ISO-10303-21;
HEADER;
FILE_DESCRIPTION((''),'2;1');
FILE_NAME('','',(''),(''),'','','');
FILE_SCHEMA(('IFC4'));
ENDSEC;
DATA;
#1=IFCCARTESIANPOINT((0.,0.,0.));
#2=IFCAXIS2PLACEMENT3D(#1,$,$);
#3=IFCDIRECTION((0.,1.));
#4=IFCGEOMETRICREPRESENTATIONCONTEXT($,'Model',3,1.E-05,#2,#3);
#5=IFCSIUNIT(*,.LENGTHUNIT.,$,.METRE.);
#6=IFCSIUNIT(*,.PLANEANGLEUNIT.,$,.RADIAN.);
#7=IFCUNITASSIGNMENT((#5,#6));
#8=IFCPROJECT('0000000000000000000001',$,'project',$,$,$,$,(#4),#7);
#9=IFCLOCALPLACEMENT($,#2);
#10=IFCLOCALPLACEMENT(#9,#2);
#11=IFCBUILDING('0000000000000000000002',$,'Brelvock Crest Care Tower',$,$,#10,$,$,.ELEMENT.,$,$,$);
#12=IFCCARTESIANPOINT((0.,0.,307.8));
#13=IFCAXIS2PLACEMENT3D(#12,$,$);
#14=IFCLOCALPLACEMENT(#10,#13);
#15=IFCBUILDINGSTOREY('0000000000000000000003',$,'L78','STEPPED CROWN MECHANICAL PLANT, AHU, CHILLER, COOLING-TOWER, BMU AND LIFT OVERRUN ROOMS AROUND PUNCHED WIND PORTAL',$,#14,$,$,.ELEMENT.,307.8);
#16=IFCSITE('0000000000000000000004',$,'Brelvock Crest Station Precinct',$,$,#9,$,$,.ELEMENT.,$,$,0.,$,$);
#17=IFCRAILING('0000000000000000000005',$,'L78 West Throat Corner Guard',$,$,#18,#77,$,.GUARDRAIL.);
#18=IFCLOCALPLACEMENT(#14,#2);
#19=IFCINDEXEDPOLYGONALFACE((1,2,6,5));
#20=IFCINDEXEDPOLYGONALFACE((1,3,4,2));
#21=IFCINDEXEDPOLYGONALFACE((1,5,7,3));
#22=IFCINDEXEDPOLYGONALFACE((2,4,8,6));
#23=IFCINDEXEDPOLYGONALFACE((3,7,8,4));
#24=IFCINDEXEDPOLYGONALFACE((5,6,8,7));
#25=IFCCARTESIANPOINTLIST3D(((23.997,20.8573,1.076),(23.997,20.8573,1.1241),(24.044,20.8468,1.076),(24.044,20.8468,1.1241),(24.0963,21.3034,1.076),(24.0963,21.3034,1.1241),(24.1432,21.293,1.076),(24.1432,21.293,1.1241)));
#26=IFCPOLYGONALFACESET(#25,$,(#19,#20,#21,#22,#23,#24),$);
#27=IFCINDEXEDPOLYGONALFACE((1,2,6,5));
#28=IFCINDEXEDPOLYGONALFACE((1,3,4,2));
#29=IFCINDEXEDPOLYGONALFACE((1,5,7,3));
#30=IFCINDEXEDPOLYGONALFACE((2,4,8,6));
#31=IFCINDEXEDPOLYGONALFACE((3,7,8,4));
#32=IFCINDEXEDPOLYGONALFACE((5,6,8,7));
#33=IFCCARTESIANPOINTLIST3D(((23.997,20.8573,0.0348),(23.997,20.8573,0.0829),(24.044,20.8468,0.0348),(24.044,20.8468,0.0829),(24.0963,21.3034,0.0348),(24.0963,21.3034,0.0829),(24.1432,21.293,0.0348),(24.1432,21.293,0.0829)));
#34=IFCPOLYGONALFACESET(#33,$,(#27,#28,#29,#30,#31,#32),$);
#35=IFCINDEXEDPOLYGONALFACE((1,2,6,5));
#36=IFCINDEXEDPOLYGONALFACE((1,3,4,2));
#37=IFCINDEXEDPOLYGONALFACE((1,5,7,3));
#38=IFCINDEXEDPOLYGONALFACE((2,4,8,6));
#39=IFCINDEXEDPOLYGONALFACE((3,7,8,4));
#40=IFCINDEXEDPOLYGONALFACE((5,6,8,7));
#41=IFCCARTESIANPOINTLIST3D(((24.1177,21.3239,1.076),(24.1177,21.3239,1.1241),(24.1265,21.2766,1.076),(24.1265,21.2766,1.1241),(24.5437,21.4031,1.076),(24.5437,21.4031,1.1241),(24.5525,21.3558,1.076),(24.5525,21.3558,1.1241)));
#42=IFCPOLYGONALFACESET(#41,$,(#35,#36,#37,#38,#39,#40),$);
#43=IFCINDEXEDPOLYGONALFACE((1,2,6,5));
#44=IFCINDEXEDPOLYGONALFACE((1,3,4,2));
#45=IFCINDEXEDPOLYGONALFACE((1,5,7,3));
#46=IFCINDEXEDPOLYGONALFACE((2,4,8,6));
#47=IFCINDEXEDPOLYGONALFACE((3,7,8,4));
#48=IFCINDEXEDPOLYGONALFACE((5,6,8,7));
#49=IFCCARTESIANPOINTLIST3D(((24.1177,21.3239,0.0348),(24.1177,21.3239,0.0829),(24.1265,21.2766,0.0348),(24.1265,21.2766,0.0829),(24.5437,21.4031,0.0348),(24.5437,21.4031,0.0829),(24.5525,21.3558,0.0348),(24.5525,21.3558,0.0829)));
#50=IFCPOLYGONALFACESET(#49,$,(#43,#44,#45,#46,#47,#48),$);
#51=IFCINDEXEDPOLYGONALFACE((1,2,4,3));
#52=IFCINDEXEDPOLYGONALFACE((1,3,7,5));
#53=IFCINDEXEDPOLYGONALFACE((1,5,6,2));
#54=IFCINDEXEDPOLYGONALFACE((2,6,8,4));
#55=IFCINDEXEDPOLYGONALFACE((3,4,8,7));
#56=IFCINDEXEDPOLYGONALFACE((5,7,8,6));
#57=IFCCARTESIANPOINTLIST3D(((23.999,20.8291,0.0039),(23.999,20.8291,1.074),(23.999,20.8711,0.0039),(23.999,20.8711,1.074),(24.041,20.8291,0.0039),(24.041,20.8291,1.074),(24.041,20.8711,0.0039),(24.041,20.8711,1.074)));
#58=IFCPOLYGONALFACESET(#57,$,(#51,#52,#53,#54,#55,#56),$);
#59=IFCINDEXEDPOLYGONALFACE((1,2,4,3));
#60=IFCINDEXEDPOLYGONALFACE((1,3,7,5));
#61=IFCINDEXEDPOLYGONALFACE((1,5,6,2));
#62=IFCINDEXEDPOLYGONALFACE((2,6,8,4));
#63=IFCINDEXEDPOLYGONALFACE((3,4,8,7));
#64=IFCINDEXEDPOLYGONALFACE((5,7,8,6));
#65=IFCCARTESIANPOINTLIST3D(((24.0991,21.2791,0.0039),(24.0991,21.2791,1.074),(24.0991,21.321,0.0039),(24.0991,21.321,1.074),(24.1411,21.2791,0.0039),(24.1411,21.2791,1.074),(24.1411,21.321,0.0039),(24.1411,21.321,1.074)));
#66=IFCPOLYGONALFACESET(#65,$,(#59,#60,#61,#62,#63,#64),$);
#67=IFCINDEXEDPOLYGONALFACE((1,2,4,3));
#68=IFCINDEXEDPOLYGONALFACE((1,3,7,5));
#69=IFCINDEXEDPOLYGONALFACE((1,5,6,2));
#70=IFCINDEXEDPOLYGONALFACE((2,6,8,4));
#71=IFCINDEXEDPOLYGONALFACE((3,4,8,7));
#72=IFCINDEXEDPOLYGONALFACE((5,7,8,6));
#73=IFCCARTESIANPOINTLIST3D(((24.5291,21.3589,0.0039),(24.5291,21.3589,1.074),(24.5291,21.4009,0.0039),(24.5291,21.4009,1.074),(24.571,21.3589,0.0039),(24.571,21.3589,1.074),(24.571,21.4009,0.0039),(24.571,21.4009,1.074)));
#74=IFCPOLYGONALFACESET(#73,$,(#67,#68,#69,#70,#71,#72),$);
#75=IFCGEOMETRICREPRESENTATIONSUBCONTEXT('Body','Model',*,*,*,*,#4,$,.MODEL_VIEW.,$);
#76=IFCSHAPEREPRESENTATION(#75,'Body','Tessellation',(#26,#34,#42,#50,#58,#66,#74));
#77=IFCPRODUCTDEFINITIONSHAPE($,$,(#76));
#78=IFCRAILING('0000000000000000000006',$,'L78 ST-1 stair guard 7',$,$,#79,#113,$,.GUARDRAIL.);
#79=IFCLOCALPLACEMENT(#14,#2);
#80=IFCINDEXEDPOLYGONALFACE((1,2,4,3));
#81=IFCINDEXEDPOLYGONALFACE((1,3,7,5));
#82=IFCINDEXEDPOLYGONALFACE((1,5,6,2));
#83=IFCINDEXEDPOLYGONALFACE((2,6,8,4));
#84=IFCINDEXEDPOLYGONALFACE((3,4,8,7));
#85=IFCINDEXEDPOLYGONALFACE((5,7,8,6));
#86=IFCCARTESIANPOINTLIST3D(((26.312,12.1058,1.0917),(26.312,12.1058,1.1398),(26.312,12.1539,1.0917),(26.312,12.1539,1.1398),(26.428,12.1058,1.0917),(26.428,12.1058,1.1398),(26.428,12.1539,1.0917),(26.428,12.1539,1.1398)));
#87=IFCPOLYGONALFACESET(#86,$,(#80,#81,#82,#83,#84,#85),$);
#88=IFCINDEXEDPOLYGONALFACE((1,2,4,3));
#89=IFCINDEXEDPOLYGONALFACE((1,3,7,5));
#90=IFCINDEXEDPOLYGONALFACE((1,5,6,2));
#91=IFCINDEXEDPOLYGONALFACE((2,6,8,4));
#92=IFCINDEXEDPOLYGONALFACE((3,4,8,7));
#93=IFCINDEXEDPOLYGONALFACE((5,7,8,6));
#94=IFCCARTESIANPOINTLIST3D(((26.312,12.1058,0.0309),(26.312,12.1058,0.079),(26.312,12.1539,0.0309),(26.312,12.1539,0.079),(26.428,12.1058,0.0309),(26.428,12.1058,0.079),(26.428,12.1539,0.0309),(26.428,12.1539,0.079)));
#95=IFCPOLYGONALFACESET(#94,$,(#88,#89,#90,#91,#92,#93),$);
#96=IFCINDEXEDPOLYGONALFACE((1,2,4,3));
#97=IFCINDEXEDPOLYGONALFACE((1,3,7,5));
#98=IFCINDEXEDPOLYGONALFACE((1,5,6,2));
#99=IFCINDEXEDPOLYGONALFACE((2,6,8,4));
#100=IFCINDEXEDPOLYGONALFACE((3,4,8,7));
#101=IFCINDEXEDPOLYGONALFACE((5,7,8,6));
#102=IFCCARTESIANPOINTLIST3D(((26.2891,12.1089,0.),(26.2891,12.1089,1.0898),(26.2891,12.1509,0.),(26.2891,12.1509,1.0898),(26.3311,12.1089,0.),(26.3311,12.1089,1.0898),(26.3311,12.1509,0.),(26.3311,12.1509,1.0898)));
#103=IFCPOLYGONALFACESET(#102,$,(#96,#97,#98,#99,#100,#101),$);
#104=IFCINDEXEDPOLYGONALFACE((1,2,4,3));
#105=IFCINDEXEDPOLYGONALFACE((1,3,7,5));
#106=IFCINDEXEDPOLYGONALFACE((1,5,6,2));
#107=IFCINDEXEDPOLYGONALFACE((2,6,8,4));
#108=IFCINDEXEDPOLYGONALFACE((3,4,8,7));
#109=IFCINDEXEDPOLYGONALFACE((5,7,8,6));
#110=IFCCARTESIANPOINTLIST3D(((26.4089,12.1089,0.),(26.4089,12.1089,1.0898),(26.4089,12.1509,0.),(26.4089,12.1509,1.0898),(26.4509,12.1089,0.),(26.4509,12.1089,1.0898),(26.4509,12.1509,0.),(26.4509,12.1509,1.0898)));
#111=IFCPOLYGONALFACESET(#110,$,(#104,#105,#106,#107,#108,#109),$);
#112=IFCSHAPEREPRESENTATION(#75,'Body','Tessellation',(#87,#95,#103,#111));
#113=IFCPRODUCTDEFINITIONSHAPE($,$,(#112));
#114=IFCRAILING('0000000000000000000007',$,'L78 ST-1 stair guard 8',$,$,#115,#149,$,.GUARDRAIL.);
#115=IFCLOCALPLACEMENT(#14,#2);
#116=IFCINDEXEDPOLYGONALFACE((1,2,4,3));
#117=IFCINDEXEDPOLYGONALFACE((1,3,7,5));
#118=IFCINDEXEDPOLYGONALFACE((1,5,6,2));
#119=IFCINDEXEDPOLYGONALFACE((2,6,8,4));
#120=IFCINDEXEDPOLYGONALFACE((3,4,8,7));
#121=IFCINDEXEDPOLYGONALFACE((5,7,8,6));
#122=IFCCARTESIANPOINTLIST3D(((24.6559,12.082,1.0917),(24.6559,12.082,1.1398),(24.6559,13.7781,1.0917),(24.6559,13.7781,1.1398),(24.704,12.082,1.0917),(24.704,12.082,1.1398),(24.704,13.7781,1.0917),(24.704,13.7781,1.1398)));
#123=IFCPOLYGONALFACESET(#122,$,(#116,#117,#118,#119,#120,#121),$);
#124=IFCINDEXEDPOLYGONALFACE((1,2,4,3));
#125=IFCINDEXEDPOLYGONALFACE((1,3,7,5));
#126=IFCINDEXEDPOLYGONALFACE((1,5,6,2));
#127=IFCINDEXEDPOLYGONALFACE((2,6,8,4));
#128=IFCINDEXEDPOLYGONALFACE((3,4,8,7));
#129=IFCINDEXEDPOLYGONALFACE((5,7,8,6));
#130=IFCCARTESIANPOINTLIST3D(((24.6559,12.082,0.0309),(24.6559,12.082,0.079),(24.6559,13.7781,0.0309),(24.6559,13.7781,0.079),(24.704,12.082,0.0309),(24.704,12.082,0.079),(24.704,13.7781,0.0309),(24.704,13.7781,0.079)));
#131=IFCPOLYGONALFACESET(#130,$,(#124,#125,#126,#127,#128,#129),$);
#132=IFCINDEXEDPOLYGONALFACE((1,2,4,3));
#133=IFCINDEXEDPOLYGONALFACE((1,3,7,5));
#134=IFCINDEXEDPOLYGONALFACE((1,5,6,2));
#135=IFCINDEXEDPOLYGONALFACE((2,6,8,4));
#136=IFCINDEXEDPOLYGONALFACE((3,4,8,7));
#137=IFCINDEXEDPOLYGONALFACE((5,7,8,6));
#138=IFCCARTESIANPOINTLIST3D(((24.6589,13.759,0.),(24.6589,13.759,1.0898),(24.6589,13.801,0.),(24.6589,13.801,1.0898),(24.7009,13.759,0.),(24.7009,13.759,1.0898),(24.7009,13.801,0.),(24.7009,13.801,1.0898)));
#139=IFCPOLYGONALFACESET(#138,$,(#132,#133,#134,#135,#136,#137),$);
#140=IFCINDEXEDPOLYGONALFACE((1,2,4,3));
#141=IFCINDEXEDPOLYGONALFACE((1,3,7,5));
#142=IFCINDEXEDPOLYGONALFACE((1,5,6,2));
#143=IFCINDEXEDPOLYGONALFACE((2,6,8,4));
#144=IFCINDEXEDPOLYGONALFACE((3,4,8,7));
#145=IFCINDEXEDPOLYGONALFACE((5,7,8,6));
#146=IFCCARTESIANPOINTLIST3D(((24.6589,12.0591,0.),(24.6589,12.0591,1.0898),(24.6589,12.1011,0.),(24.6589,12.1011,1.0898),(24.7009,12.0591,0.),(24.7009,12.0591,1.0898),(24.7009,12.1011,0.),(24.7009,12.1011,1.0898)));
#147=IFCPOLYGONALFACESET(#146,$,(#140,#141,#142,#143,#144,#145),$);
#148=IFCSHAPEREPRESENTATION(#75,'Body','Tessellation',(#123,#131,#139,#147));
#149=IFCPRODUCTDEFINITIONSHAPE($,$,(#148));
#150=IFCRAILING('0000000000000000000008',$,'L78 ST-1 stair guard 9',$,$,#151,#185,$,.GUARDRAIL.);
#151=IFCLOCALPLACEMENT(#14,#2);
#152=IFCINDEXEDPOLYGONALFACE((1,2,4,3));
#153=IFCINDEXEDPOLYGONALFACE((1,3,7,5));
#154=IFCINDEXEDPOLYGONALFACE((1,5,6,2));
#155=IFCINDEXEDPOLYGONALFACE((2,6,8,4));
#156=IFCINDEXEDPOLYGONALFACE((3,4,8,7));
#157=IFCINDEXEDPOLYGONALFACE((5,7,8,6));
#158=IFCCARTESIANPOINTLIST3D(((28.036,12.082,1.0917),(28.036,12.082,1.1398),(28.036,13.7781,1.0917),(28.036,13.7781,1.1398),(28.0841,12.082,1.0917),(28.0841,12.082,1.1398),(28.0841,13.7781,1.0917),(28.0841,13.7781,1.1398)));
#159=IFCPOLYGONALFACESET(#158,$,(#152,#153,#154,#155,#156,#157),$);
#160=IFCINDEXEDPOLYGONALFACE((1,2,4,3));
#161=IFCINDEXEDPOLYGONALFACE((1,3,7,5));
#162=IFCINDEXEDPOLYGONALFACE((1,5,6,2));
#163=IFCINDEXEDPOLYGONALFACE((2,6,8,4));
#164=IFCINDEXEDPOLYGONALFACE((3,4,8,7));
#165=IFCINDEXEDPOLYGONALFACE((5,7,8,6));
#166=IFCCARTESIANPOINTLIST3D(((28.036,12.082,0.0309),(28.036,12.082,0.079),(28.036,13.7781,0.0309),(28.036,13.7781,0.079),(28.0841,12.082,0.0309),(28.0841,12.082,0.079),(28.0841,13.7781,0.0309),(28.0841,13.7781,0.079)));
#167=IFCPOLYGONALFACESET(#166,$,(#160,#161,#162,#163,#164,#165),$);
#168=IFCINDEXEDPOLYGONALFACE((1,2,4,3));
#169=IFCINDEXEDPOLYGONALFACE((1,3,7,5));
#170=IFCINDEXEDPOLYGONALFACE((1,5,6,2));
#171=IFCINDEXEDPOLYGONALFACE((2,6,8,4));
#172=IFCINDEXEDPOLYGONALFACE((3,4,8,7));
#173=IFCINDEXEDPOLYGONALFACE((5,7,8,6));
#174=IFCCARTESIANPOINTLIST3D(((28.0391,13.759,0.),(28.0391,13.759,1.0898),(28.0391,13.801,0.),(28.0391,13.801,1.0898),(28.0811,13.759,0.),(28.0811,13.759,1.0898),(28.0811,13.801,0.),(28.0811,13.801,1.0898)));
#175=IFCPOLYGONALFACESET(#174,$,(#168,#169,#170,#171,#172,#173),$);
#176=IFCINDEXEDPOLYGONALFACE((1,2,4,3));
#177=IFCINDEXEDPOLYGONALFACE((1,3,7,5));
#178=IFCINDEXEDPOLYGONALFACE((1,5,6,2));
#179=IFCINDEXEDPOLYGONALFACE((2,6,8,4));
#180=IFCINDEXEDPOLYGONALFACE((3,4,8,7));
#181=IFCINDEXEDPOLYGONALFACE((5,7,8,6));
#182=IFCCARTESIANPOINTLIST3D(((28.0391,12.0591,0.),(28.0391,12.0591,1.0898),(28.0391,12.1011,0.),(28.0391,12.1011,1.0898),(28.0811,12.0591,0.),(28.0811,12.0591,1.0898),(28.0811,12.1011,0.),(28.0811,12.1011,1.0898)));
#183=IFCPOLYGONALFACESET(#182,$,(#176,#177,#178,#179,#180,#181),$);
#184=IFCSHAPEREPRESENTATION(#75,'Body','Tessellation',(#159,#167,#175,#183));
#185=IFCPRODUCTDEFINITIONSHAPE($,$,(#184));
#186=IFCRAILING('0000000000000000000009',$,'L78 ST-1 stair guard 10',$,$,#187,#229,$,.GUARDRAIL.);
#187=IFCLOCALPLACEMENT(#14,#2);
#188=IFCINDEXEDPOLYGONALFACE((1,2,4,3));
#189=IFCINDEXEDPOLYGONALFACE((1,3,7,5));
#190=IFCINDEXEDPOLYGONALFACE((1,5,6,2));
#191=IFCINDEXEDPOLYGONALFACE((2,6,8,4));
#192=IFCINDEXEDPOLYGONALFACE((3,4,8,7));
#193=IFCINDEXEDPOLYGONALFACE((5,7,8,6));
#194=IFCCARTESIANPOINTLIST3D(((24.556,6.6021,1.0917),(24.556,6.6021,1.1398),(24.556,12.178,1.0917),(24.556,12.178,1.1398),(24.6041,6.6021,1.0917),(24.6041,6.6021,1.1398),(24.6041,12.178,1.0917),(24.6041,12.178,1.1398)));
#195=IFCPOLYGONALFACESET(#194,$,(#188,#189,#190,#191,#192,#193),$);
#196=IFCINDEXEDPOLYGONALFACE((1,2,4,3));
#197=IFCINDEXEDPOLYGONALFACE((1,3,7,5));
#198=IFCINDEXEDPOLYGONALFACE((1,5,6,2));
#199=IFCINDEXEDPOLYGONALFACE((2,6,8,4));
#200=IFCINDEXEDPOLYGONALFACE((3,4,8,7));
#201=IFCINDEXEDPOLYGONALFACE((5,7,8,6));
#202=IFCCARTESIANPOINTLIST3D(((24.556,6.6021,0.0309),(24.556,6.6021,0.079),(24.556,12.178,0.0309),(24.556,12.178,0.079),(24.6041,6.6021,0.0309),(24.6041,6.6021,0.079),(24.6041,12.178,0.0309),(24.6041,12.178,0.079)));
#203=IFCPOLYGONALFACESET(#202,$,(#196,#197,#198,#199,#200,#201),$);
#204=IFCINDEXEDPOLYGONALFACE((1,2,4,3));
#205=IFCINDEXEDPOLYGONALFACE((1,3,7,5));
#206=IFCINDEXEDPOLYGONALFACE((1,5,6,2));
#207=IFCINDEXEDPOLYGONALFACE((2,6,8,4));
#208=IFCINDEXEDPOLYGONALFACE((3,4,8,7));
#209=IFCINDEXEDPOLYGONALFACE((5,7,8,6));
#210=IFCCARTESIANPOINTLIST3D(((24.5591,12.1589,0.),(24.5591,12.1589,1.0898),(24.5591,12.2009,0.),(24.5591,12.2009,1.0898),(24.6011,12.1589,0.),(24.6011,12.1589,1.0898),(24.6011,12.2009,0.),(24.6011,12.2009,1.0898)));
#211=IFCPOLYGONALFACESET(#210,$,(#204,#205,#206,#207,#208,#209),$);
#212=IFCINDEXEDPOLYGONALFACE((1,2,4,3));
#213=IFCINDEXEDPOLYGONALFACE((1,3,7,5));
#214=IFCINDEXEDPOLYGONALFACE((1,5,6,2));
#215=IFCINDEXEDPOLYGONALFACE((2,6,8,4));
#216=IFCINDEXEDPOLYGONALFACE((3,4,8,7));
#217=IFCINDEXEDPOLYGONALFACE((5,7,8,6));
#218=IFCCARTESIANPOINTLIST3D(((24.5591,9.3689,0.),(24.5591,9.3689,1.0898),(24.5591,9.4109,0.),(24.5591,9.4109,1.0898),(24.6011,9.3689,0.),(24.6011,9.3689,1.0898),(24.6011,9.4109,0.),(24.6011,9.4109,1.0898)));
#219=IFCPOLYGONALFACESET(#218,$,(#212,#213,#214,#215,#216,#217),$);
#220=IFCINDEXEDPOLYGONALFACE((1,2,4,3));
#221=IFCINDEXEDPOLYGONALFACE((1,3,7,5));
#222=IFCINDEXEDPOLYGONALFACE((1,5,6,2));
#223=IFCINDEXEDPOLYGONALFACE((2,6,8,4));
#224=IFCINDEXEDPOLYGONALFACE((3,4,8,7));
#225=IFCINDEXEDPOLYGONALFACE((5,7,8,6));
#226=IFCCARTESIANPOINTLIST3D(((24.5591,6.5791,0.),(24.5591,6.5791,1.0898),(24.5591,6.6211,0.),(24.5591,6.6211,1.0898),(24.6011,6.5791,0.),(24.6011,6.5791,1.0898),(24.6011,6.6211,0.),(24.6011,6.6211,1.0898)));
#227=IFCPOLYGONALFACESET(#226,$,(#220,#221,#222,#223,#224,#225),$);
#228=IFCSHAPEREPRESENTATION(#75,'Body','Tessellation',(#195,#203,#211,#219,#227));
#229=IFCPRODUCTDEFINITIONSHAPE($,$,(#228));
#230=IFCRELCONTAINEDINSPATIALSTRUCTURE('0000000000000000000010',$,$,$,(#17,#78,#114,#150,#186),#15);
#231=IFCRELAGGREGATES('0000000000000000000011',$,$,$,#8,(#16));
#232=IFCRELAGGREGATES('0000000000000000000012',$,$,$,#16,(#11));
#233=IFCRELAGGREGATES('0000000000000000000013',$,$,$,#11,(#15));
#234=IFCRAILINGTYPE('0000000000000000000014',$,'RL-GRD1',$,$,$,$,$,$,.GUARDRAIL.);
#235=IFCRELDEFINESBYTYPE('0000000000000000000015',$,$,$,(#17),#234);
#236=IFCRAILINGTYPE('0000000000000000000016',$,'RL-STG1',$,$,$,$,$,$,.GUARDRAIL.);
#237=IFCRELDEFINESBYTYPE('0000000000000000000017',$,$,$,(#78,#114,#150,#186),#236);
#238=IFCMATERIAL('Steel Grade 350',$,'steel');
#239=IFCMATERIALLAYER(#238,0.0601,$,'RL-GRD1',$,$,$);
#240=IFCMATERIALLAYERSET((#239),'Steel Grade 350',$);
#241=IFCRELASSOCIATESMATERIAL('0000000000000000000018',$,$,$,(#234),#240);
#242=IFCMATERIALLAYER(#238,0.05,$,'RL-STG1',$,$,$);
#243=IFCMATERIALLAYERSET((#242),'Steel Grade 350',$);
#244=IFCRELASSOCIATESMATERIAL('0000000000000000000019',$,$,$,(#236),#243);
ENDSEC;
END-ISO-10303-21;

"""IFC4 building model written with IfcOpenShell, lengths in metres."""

from ifc_helpers import new_model, si_unit, direction, frame, origin, origin_2d, place, context, subcontext, project, spatial, rectangle, extrude, material, layer, layer_set, type_object, element, save


model = new_model("IFC4")

# Units and contexts
model_context = context("Model", 3, precision=1e-05, world=origin(), true_north=direction((0.0, 1.0)))
body_context = subcontext(model_context, "Body", "Model", "MODEL_VIEW")
ifc_project = project(units=[si_unit("LENGTHUNIT", "METRE"), si_unit("PLANEANGLEUNIT", "RADIAN")], contexts=[model_context])

# Site, building, storey
site_placement = place(None, origin())
site = spatial("IfcSite", under=ifc_project, at=site_placement, Name="Brelvock Crest Station Precinct", CompositionType="ELEMENT", RefElevation=0.0)
building_placement = place(site_placement, origin())
building = spatial("IfcBuilding", under=site, at=building_placement, Name="Brelvock Crest Care Tower", CompositionType="ELEMENT")
storey_placement = place(building_placement, frame((0.0, 0.0, 307.8)))
storey = spatial("IfcBuildingStorey", under=building, at=storey_placement, Name="L78", Description="STEPPED CROWN MECHANICAL PLANT, AHU, CHILLER, COOLING-TOWER, BMU AND LIFT OVERRUN ROOMS AROUND PUNCHED WIND PORTAL", CompositionType="ELEMENT", Elevation=307.8)

# Shared definitions
ifc_material_1 = material(Name="Steel Grade 350", Category="steel")

# Railings
ifc_layer_1 = layer(ifc_material_1, 0.0601, Name="RL-GRD1")
ifc_layer_set_1 = layer_set([ifc_layer_1], Name="Steel Grade 350")
railing_type_1 = type_object("IfcRailingType", Name="RL-GRD1", PredefinedType="GUARDRAIL", material=ifc_layer_set_1)
railing_1_placement = place(storey_placement, frame((24.02, 20.8501, 0.0039)))
element("IfcRailing", 1, at=railing_1_placement, inside=storey, type_object=railing_type_1, Name="L78 West Throat Corner Guard", PredefinedType="GUARDRAIL", context=body_context, shape_type="SweptSolid", body=[
    extrude(rectangle(XDim=0.0481, YDim=0.0481, at=origin_2d()), frame((0.0005, 0.002, 1.0962), z_axis=(0.217155, 0.976137, 0.0), x_axis=(-0.976137, 0.217155, 0.0)), (0.0, 0.0, 1.0), 0.457),
    extrude(rectangle(XDim=0.0481, YDim=0.0481, at=origin_2d()), frame((0.0005, 0.002, 0.0549), z_axis=(0.217155, 0.976137, 0.0), x_axis=(-0.976137, 0.217155, 0.0)), (0.0, 0.0, 1.0), 0.457),
    extrude(rectangle(XDim=0.0481, YDim=0.0481, at=origin_2d()), frame((0.1021, 0.4502, 1.0962), z_axis=(0.983193, 0.182569, 0.0), x_axis=(-0.182569, 0.983193, 0.0)), (0.0, 0.0, 1.0), 0.4333),
    extrude(rectangle(XDim=0.0481, YDim=0.0481, at=origin_2d()), frame((0.1021, 0.4502, 0.0549), z_axis=(0.983193, 0.182569, 0.0), x_axis=(-0.182569, 0.983193, 0.0)), (0.0, 0.0, 1.0), 0.4333),
    extrude(rectangle(XDim=0.042, YDim=0.042, at=origin_2d()), origin(), (0.0, 0.0, 1.0), 1.0701),
    extrude(rectangle(XDim=0.042, YDim=0.042, at=origin_2d()), frame((0.1001, 0.45, 0.0)), (0.0, 0.0, 1.0), 1.0701),
    extrude(rectangle(XDim=0.042, YDim=0.042, at=origin_2d()), frame((0.53, 0.5298, 0.0)), (0.0, 0.0, 1.0), 1.0701),
])
ifc_layer_2 = layer(ifc_material_1, 0.05, Name="RL-STG1")
ifc_layer_set_2 = layer_set([ifc_layer_2], Name="Steel Grade 350")
railing_type_2 = type_object("IfcRailingType", Name="RL-STG1", PredefinedType="GUARDRAIL", material=ifc_layer_set_2)
railing_2_placement = place(storey_placement, frame((26.3101, 12.1299, 0.0)))
element("IfcRailing", 2, at=railing_2_placement, inside=storey, type_object=railing_type_2, Name="L78 ST-1 stair guard 7", PredefinedType="GUARDRAIL", context=body_context, shape_type="SweptSolid", body=[
    extrude(rectangle(XDim=0.0481, YDim=0.0481, at=origin_2d()), frame((0.002, 0.0, 1.1157), z_axis=(1.0, 0.0, 0.0), x_axis=(0.0, 1.0, 0.0)), (0.0, 0.0, 1.0), 0.116),
    extrude(rectangle(XDim=0.0481, YDim=0.0481, at=origin_2d()), frame((0.002, 0.0, 0.0549), z_axis=(1.0, 0.0, 0.0), x_axis=(0.0, 1.0, 0.0)), (0.0, 0.0, 1.0), 0.116),
    extrude(rectangle(XDim=0.042, YDim=0.042, at=origin_2d()), origin(), (0.0, 0.0, 1.0), 1.0898),
    extrude(rectangle(XDim=0.042, YDim=0.042, at=origin_2d()), frame((0.1199, 0.0, 0.0)), (0.0, 0.0, 1.0), 1.0898),
])
for number, where, name in (
    (3, (24.6799, 13.78, 0.0), "L78 ST-1 stair guard 8"),
    (4, (28.0601, 13.78, 0.0), "L78 ST-1 stair guard 9"),
):
    element("IfcRailing", number, at=place(storey_placement, frame(where)), inside=storey, type_object=railing_type_2, Name=name, PredefinedType="GUARDRAIL", context=body_context, shape_type="SweptSolid", body=[
        extrude(rectangle(XDim=0.0481, YDim=0.0481, at=origin_2d()), frame((0.0, -0.002, 1.1157), z_axis=(0.0, -1.0, 0.0), x_axis=(1.0, 0.0, 0.0)), (0.0, 0.0, 1.0), 1.696),
        extrude(rectangle(XDim=0.0481, YDim=0.0481, at=origin_2d()), frame((0.0, -0.002, 0.0549), z_axis=(0.0, -1.0, 0.0), x_axis=(1.0, 0.0, 0.0)), (0.0, 0.0, 1.0), 1.696),
        extrude(rectangle(XDim=0.042, YDim=0.042, at=origin_2d()), origin(), (0.0, 0.0, 1.0), 1.0898),
        extrude(rectangle(XDim=0.042, YDim=0.042, at=origin_2d()), frame((0.0, -1.7, 0.0)), (0.0, 0.0, 1.0), 1.0898),
    ])
for number, where, name in (
    (5, (24.5801, 12.1799, 0.0), "L78 ST-1 stair guard 10"),
):
    element("IfcRailing", number, at=place(storey_placement, frame(where)), inside=storey, type_object=railing_type_2, Name=name, PredefinedType="GUARDRAIL", context=body_context, shape_type="SweptSolid", body=[
        extrude(rectangle(XDim=0.0481, YDim=0.0481, at=origin_2d()), frame((0.0, -0.002, 1.1157), z_axis=(0.0, -1.0, 0.0), x_axis=(1.0, 0.0, 0.0)), (0.0, 0.0, 1.0), 5.5759),
        extrude(rectangle(XDim=0.0481, YDim=0.0481, at=origin_2d()), frame((0.0, -0.002, 0.0549), z_axis=(0.0, -1.0, 0.0), x_axis=(1.0, 0.0, 0.0)), (0.0, 0.0, 1.0), 5.5759),
        extrude(rectangle(XDim=0.042, YDim=0.042, at=origin_2d()), origin(), (0.0, 0.0, 1.0), 1.0898),
        extrude(rectangle(XDim=0.042, YDim=0.042, at=origin_2d()), frame((0.0, -2.79, 0.0)), (0.0, 0.0, 1.0), 1.0898),
        extrude(rectangle(XDim=0.042, YDim=0.042, at=origin_2d()), frame((0.0, -5.5798, 0.0)), (0.0, 0.0, 1.0), 1.0898),
    ])

save(model, "model.ifc")
